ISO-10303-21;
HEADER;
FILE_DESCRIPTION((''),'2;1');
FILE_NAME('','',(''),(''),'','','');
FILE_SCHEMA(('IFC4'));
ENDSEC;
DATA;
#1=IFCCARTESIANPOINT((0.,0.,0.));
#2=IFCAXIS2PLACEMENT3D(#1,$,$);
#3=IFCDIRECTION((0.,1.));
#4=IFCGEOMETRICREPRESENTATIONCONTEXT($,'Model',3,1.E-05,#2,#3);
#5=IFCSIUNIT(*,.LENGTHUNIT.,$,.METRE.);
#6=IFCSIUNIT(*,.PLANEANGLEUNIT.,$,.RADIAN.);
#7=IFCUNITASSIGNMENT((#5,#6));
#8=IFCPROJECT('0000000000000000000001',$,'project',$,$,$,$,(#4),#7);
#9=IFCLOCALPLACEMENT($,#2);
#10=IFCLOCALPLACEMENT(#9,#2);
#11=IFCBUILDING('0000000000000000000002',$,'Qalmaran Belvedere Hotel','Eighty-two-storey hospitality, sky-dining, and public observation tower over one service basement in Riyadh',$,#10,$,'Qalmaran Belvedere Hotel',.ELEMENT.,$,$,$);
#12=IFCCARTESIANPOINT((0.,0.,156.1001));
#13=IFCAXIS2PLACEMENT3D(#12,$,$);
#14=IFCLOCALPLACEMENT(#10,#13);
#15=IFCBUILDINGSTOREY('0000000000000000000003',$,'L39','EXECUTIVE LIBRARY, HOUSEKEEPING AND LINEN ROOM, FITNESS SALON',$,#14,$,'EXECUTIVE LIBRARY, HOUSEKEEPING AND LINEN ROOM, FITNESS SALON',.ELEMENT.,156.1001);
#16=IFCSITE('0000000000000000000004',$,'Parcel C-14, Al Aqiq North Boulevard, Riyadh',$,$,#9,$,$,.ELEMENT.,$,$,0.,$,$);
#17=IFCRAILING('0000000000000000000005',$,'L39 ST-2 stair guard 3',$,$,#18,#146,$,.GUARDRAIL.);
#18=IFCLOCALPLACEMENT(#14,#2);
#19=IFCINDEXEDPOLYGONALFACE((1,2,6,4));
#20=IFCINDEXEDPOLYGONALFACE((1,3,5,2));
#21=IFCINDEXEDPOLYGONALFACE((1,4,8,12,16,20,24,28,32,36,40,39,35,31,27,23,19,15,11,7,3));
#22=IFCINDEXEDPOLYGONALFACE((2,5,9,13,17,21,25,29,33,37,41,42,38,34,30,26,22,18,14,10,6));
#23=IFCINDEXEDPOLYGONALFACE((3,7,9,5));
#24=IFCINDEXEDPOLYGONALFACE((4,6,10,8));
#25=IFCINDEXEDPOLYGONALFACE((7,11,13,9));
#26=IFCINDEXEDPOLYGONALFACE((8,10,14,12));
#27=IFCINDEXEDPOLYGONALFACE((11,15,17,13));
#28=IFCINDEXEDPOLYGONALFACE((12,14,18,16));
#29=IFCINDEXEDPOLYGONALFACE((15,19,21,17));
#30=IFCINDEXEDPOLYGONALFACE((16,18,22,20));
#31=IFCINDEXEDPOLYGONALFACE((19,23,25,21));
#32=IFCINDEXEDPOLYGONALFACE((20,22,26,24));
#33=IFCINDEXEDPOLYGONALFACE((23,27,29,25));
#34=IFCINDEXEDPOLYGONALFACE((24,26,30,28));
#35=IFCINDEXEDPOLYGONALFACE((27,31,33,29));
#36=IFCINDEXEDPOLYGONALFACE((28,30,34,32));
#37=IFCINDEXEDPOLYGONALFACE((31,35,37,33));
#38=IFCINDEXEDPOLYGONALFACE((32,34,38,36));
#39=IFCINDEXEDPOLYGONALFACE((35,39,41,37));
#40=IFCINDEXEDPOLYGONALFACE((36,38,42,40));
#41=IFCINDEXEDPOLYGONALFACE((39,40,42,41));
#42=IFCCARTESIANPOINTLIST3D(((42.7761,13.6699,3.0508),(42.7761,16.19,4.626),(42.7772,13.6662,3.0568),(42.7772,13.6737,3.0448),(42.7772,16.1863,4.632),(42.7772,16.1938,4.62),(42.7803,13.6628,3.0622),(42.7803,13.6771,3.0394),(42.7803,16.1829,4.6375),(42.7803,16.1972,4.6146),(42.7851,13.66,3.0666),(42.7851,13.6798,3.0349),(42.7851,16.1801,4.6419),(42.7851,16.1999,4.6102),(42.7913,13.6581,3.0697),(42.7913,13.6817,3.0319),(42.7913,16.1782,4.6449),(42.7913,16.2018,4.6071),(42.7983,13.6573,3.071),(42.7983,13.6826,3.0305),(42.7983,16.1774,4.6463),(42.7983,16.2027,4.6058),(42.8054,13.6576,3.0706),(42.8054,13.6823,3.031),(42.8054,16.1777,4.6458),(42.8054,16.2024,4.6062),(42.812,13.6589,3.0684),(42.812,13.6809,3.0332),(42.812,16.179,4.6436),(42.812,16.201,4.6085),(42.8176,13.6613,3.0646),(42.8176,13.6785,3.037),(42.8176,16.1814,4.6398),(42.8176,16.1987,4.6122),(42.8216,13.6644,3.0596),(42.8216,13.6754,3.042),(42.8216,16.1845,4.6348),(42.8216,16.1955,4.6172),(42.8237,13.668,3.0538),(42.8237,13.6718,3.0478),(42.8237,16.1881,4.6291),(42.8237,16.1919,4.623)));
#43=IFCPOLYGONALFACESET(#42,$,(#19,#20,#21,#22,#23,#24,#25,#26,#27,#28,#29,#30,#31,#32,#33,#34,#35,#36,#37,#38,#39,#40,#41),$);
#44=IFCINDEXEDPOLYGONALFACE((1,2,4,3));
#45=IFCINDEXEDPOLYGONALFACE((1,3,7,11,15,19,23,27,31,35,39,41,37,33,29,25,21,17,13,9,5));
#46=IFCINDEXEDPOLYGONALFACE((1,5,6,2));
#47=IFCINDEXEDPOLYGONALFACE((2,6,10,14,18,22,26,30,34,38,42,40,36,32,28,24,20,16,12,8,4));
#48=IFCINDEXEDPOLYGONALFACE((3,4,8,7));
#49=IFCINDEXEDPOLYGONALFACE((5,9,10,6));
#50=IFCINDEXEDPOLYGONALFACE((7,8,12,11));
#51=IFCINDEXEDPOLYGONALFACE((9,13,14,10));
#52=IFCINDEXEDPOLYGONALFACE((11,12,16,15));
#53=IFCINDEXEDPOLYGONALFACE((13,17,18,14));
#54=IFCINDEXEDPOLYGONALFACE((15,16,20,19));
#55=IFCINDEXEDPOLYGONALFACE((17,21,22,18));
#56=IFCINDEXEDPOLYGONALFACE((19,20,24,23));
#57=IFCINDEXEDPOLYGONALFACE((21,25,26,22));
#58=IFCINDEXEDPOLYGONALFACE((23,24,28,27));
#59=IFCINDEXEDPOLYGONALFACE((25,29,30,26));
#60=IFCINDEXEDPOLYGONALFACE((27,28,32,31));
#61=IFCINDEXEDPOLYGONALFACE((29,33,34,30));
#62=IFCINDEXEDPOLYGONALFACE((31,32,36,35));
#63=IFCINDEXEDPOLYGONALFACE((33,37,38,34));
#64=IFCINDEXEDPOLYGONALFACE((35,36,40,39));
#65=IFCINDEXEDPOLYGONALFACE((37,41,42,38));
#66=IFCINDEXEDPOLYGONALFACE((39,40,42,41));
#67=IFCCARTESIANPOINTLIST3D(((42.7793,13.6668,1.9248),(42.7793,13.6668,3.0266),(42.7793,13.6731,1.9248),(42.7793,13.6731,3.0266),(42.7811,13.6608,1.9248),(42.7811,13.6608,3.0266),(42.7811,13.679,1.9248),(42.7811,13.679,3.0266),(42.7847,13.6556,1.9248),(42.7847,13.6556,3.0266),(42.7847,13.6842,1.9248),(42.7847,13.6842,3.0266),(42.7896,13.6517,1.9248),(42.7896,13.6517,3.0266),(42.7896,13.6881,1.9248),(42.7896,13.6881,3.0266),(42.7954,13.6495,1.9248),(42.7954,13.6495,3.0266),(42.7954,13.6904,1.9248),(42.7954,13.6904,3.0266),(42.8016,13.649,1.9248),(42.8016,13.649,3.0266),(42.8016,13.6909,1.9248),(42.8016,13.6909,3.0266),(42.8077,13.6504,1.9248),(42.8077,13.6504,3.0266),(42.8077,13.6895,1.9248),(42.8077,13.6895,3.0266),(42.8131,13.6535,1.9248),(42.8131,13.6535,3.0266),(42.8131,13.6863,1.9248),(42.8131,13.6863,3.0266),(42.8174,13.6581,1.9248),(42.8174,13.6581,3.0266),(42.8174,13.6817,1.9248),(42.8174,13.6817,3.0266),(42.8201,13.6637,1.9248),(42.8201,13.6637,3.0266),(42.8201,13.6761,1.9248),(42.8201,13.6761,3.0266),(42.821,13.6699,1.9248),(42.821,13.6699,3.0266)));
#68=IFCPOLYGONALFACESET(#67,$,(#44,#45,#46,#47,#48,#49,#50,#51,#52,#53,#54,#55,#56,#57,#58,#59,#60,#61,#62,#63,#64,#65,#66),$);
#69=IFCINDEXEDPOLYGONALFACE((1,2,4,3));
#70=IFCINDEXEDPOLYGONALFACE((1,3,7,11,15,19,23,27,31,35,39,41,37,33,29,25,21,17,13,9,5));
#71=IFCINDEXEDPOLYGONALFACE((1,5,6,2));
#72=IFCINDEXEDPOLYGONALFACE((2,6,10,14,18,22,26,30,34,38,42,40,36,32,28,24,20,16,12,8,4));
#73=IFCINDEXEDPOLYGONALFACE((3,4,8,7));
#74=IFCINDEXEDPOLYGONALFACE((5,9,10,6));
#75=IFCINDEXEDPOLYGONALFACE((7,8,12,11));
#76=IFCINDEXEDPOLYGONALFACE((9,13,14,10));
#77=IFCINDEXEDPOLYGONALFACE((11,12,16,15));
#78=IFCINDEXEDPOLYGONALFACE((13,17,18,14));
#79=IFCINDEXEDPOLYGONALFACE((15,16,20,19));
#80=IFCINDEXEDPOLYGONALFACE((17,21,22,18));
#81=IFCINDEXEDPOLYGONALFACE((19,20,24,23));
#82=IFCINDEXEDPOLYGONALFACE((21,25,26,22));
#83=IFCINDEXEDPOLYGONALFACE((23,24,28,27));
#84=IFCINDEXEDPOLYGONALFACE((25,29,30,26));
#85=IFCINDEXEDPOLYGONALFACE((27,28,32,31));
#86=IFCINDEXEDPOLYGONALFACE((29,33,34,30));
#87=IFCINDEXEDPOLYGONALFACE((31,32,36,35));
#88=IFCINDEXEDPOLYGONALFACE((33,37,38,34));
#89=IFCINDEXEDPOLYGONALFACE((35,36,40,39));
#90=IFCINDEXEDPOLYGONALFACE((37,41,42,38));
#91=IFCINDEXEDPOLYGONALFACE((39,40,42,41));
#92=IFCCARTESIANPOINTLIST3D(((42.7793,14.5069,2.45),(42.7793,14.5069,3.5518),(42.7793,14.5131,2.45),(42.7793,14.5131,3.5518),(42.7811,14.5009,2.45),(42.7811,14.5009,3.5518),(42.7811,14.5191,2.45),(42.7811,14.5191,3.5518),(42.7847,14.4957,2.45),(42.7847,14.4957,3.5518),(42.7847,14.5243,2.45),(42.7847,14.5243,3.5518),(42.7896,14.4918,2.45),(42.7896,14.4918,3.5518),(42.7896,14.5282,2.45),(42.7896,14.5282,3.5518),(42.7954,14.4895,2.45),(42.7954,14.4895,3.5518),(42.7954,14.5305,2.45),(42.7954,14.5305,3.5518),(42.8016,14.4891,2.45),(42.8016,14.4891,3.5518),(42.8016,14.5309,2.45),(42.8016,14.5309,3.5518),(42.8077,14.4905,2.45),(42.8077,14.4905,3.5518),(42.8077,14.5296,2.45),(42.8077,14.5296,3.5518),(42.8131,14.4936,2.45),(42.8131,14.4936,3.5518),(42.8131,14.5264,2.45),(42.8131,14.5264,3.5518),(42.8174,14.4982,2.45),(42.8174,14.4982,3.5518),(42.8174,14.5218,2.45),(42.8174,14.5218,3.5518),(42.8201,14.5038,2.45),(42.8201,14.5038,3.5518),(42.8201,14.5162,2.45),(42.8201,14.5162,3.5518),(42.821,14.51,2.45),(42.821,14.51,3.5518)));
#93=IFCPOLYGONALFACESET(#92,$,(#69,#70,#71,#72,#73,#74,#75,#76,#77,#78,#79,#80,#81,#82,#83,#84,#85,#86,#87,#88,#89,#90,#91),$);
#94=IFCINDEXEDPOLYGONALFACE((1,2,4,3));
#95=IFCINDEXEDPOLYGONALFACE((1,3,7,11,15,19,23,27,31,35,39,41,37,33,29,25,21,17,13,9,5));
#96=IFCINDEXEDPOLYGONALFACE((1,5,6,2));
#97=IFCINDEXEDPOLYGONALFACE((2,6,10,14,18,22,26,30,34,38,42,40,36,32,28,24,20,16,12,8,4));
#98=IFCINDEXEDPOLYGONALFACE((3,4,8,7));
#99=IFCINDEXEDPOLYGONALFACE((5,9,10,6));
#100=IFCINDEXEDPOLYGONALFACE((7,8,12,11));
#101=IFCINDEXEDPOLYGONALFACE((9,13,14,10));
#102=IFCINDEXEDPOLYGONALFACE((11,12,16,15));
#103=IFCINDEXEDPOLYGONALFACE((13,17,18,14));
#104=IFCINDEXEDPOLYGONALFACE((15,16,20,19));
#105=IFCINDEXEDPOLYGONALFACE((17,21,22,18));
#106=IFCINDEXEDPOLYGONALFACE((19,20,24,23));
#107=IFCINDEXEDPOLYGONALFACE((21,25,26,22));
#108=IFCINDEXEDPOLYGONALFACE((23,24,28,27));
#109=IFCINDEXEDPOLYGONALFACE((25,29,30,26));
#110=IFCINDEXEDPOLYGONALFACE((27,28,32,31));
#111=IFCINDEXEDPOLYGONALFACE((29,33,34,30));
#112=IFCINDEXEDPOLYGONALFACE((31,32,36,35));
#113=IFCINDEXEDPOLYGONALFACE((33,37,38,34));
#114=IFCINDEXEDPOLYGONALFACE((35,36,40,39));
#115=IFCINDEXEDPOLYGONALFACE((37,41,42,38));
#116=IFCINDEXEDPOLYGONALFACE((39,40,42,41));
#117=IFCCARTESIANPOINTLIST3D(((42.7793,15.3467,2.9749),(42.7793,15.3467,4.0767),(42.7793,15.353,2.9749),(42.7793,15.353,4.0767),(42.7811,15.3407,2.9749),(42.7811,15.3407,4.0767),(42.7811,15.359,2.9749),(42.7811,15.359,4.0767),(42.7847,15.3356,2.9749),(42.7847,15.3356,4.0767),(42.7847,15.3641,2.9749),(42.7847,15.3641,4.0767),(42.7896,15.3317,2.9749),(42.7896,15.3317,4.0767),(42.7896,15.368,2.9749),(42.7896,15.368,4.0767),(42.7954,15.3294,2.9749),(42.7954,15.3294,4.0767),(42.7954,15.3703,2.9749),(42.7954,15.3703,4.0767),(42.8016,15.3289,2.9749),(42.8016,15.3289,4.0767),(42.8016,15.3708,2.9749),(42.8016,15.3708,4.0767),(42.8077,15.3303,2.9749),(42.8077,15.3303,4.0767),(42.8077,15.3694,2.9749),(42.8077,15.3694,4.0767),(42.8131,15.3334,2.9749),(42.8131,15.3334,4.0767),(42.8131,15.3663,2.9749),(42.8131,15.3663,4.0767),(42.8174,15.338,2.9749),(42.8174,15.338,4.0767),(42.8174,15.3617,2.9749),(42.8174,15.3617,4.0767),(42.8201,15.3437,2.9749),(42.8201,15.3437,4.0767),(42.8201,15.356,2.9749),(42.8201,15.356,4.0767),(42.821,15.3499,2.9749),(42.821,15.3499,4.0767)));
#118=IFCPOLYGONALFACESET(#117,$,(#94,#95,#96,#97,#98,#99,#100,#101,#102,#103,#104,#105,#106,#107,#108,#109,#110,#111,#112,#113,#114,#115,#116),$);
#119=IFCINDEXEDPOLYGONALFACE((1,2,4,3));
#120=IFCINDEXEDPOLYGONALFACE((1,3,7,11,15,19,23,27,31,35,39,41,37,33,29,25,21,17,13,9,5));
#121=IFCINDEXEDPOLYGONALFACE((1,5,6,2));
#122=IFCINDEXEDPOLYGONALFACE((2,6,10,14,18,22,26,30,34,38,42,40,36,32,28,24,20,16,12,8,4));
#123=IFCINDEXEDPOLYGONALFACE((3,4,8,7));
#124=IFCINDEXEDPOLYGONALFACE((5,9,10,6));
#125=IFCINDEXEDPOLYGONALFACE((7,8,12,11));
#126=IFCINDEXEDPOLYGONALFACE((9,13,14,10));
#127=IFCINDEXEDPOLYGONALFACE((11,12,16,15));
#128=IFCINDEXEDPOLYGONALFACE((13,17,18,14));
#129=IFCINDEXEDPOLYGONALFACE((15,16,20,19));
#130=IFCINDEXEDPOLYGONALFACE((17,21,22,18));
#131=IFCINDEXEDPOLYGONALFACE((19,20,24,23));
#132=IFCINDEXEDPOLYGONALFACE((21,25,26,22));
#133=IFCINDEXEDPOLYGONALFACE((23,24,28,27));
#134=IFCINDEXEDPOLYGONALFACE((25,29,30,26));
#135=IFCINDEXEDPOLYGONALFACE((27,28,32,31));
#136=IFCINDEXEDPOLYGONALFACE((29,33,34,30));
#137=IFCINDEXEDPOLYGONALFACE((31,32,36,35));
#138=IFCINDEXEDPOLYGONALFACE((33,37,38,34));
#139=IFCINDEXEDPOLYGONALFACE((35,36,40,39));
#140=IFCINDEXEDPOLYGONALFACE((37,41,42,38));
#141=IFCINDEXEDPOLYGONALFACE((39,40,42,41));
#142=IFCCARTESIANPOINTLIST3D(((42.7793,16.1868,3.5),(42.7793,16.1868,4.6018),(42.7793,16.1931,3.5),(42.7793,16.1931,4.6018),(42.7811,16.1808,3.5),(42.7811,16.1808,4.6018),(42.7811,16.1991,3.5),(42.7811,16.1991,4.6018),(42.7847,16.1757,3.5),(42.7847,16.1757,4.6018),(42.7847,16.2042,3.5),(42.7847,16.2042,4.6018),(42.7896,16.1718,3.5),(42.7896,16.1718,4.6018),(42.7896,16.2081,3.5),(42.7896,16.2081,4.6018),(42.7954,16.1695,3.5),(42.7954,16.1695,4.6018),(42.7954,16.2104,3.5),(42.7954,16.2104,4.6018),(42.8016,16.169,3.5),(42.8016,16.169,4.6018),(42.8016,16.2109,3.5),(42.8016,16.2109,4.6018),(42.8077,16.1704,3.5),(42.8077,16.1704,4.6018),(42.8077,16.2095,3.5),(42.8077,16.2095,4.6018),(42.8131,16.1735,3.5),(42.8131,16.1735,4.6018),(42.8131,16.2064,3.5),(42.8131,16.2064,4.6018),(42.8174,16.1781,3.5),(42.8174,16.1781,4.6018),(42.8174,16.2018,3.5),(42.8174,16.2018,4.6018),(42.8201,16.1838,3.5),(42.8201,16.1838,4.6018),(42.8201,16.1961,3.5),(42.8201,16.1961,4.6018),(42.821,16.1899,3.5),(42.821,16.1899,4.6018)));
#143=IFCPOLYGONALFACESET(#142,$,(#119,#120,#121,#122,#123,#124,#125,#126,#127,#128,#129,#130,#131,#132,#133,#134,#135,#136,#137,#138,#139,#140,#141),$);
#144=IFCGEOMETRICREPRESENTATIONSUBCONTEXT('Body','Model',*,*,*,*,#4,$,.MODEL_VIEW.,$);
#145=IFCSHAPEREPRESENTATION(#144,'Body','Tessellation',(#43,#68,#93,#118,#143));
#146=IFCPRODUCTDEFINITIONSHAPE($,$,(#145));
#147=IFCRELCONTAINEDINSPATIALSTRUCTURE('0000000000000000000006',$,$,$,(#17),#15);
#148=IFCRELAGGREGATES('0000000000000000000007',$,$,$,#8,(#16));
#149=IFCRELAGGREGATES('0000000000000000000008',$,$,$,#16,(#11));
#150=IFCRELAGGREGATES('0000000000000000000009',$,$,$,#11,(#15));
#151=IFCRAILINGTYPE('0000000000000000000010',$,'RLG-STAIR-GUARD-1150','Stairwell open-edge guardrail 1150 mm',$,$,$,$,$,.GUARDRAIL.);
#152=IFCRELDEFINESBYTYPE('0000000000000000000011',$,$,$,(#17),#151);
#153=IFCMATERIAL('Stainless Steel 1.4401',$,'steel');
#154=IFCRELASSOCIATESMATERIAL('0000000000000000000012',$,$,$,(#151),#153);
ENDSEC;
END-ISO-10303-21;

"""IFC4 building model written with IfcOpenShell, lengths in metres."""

from ifc_helpers import new_model, si_unit, direction, frame, origin, origin_2d, place, context, subcontext, project, spatial, circle, extrude, material, type_object, element, save


model = new_model("IFC4")

# Units and contexts
model_context = context("Model", 3, precision=1e-05, world=origin(), true_north=direction((0.0, 1.0)))
body_context = subcontext(model_context, "Body", "Model", "MODEL_VIEW")
ifc_project = project(units=[si_unit("LENGTHUNIT", "METRE"), si_unit("PLANEANGLEUNIT", "RADIAN")], contexts=[model_context])

# Site, building, storey
site_placement = place(None, origin())
site = spatial("IfcSite", under=ifc_project, at=site_placement, Name="Parcel C-14, Al Aqiq North Boulevard, Riyadh", CompositionType="ELEMENT", RefElevation=0.0)
building_placement = place(site_placement, origin())
building = spatial("IfcBuilding", under=site, at=building_placement, Name="Qalmaran Belvedere Hotel", Description="Eighty-two-storey hospitality, sky-dining, and public observation tower over one service basement in Riyadh", LongName="Qalmaran Belvedere Hotel", CompositionType="ELEMENT")
storey_placement = place(building_placement, frame((0.0, 0.0, 156.1001)))
storey = spatial("IfcBuildingStorey", under=building, at=storey_placement, Name="L39", Description="EXECUTIVE LIBRARY, HOUSEKEEPING AND LINEN ROOM, FITNESS SALON", LongName="EXECUTIVE LIBRARY, HOUSEKEEPING AND LINEN ROOM, FITNESS SALON", CompositionType="ELEMENT", Elevation=156.1001)

# Railing
ifc_material_1 = material(Name="Stainless Steel 1.4401", Category="steel")
railing_type_1 = type_object("IfcRailingType", Name="RLG-STAIR-GUARD-1150", Description="Stairwell open-edge guardrail 1150 mm", PredefinedType="GUARDRAIL", material=ifc_material_1)
railing_1_placement = place(storey_placement, frame((42.8, 13.6699, 1.9248)))
element("IfcRailing", 1, at=railing_1_placement, inside=storey, type_object=railing_type_1, Name="L39 ST-2 stair guard 3", PredefinedType="GUARDRAIL", context=body_context, shape_type="SweptSolid", body=[
    extrude(circle(Radius=0.0239, at=origin_2d()), frame((0.0, 0.0, 1.126), z_axis=(0.0, 0.847971, 0.530043), x_axis=(-1.0, 0.0, 0.0)), (0.0, 0.0, 1.0), 2.9719),
    extrude(circle(Radius=0.021, at=origin_2d()), origin(), (0.0, 0.0, 1.0), 1.1018),
    extrude(circle(Radius=0.021, at=origin_2d()), frame((0.0, 0.8401, 0.5251)), (0.0, 0.0, 1.0), 1.1018),
    extrude(circle(Radius=0.021, at=origin_2d()), frame((0.0, 1.6799, 1.05)), (0.0, 0.0, 1.0), 1.1018),
    extrude(circle(Radius=0.021, at=origin_2d()), frame((0.0, 2.52, 1.5752)), (0.0, 0.0, 1.0), 1.1018),
])

save(model, "model.ifc")
